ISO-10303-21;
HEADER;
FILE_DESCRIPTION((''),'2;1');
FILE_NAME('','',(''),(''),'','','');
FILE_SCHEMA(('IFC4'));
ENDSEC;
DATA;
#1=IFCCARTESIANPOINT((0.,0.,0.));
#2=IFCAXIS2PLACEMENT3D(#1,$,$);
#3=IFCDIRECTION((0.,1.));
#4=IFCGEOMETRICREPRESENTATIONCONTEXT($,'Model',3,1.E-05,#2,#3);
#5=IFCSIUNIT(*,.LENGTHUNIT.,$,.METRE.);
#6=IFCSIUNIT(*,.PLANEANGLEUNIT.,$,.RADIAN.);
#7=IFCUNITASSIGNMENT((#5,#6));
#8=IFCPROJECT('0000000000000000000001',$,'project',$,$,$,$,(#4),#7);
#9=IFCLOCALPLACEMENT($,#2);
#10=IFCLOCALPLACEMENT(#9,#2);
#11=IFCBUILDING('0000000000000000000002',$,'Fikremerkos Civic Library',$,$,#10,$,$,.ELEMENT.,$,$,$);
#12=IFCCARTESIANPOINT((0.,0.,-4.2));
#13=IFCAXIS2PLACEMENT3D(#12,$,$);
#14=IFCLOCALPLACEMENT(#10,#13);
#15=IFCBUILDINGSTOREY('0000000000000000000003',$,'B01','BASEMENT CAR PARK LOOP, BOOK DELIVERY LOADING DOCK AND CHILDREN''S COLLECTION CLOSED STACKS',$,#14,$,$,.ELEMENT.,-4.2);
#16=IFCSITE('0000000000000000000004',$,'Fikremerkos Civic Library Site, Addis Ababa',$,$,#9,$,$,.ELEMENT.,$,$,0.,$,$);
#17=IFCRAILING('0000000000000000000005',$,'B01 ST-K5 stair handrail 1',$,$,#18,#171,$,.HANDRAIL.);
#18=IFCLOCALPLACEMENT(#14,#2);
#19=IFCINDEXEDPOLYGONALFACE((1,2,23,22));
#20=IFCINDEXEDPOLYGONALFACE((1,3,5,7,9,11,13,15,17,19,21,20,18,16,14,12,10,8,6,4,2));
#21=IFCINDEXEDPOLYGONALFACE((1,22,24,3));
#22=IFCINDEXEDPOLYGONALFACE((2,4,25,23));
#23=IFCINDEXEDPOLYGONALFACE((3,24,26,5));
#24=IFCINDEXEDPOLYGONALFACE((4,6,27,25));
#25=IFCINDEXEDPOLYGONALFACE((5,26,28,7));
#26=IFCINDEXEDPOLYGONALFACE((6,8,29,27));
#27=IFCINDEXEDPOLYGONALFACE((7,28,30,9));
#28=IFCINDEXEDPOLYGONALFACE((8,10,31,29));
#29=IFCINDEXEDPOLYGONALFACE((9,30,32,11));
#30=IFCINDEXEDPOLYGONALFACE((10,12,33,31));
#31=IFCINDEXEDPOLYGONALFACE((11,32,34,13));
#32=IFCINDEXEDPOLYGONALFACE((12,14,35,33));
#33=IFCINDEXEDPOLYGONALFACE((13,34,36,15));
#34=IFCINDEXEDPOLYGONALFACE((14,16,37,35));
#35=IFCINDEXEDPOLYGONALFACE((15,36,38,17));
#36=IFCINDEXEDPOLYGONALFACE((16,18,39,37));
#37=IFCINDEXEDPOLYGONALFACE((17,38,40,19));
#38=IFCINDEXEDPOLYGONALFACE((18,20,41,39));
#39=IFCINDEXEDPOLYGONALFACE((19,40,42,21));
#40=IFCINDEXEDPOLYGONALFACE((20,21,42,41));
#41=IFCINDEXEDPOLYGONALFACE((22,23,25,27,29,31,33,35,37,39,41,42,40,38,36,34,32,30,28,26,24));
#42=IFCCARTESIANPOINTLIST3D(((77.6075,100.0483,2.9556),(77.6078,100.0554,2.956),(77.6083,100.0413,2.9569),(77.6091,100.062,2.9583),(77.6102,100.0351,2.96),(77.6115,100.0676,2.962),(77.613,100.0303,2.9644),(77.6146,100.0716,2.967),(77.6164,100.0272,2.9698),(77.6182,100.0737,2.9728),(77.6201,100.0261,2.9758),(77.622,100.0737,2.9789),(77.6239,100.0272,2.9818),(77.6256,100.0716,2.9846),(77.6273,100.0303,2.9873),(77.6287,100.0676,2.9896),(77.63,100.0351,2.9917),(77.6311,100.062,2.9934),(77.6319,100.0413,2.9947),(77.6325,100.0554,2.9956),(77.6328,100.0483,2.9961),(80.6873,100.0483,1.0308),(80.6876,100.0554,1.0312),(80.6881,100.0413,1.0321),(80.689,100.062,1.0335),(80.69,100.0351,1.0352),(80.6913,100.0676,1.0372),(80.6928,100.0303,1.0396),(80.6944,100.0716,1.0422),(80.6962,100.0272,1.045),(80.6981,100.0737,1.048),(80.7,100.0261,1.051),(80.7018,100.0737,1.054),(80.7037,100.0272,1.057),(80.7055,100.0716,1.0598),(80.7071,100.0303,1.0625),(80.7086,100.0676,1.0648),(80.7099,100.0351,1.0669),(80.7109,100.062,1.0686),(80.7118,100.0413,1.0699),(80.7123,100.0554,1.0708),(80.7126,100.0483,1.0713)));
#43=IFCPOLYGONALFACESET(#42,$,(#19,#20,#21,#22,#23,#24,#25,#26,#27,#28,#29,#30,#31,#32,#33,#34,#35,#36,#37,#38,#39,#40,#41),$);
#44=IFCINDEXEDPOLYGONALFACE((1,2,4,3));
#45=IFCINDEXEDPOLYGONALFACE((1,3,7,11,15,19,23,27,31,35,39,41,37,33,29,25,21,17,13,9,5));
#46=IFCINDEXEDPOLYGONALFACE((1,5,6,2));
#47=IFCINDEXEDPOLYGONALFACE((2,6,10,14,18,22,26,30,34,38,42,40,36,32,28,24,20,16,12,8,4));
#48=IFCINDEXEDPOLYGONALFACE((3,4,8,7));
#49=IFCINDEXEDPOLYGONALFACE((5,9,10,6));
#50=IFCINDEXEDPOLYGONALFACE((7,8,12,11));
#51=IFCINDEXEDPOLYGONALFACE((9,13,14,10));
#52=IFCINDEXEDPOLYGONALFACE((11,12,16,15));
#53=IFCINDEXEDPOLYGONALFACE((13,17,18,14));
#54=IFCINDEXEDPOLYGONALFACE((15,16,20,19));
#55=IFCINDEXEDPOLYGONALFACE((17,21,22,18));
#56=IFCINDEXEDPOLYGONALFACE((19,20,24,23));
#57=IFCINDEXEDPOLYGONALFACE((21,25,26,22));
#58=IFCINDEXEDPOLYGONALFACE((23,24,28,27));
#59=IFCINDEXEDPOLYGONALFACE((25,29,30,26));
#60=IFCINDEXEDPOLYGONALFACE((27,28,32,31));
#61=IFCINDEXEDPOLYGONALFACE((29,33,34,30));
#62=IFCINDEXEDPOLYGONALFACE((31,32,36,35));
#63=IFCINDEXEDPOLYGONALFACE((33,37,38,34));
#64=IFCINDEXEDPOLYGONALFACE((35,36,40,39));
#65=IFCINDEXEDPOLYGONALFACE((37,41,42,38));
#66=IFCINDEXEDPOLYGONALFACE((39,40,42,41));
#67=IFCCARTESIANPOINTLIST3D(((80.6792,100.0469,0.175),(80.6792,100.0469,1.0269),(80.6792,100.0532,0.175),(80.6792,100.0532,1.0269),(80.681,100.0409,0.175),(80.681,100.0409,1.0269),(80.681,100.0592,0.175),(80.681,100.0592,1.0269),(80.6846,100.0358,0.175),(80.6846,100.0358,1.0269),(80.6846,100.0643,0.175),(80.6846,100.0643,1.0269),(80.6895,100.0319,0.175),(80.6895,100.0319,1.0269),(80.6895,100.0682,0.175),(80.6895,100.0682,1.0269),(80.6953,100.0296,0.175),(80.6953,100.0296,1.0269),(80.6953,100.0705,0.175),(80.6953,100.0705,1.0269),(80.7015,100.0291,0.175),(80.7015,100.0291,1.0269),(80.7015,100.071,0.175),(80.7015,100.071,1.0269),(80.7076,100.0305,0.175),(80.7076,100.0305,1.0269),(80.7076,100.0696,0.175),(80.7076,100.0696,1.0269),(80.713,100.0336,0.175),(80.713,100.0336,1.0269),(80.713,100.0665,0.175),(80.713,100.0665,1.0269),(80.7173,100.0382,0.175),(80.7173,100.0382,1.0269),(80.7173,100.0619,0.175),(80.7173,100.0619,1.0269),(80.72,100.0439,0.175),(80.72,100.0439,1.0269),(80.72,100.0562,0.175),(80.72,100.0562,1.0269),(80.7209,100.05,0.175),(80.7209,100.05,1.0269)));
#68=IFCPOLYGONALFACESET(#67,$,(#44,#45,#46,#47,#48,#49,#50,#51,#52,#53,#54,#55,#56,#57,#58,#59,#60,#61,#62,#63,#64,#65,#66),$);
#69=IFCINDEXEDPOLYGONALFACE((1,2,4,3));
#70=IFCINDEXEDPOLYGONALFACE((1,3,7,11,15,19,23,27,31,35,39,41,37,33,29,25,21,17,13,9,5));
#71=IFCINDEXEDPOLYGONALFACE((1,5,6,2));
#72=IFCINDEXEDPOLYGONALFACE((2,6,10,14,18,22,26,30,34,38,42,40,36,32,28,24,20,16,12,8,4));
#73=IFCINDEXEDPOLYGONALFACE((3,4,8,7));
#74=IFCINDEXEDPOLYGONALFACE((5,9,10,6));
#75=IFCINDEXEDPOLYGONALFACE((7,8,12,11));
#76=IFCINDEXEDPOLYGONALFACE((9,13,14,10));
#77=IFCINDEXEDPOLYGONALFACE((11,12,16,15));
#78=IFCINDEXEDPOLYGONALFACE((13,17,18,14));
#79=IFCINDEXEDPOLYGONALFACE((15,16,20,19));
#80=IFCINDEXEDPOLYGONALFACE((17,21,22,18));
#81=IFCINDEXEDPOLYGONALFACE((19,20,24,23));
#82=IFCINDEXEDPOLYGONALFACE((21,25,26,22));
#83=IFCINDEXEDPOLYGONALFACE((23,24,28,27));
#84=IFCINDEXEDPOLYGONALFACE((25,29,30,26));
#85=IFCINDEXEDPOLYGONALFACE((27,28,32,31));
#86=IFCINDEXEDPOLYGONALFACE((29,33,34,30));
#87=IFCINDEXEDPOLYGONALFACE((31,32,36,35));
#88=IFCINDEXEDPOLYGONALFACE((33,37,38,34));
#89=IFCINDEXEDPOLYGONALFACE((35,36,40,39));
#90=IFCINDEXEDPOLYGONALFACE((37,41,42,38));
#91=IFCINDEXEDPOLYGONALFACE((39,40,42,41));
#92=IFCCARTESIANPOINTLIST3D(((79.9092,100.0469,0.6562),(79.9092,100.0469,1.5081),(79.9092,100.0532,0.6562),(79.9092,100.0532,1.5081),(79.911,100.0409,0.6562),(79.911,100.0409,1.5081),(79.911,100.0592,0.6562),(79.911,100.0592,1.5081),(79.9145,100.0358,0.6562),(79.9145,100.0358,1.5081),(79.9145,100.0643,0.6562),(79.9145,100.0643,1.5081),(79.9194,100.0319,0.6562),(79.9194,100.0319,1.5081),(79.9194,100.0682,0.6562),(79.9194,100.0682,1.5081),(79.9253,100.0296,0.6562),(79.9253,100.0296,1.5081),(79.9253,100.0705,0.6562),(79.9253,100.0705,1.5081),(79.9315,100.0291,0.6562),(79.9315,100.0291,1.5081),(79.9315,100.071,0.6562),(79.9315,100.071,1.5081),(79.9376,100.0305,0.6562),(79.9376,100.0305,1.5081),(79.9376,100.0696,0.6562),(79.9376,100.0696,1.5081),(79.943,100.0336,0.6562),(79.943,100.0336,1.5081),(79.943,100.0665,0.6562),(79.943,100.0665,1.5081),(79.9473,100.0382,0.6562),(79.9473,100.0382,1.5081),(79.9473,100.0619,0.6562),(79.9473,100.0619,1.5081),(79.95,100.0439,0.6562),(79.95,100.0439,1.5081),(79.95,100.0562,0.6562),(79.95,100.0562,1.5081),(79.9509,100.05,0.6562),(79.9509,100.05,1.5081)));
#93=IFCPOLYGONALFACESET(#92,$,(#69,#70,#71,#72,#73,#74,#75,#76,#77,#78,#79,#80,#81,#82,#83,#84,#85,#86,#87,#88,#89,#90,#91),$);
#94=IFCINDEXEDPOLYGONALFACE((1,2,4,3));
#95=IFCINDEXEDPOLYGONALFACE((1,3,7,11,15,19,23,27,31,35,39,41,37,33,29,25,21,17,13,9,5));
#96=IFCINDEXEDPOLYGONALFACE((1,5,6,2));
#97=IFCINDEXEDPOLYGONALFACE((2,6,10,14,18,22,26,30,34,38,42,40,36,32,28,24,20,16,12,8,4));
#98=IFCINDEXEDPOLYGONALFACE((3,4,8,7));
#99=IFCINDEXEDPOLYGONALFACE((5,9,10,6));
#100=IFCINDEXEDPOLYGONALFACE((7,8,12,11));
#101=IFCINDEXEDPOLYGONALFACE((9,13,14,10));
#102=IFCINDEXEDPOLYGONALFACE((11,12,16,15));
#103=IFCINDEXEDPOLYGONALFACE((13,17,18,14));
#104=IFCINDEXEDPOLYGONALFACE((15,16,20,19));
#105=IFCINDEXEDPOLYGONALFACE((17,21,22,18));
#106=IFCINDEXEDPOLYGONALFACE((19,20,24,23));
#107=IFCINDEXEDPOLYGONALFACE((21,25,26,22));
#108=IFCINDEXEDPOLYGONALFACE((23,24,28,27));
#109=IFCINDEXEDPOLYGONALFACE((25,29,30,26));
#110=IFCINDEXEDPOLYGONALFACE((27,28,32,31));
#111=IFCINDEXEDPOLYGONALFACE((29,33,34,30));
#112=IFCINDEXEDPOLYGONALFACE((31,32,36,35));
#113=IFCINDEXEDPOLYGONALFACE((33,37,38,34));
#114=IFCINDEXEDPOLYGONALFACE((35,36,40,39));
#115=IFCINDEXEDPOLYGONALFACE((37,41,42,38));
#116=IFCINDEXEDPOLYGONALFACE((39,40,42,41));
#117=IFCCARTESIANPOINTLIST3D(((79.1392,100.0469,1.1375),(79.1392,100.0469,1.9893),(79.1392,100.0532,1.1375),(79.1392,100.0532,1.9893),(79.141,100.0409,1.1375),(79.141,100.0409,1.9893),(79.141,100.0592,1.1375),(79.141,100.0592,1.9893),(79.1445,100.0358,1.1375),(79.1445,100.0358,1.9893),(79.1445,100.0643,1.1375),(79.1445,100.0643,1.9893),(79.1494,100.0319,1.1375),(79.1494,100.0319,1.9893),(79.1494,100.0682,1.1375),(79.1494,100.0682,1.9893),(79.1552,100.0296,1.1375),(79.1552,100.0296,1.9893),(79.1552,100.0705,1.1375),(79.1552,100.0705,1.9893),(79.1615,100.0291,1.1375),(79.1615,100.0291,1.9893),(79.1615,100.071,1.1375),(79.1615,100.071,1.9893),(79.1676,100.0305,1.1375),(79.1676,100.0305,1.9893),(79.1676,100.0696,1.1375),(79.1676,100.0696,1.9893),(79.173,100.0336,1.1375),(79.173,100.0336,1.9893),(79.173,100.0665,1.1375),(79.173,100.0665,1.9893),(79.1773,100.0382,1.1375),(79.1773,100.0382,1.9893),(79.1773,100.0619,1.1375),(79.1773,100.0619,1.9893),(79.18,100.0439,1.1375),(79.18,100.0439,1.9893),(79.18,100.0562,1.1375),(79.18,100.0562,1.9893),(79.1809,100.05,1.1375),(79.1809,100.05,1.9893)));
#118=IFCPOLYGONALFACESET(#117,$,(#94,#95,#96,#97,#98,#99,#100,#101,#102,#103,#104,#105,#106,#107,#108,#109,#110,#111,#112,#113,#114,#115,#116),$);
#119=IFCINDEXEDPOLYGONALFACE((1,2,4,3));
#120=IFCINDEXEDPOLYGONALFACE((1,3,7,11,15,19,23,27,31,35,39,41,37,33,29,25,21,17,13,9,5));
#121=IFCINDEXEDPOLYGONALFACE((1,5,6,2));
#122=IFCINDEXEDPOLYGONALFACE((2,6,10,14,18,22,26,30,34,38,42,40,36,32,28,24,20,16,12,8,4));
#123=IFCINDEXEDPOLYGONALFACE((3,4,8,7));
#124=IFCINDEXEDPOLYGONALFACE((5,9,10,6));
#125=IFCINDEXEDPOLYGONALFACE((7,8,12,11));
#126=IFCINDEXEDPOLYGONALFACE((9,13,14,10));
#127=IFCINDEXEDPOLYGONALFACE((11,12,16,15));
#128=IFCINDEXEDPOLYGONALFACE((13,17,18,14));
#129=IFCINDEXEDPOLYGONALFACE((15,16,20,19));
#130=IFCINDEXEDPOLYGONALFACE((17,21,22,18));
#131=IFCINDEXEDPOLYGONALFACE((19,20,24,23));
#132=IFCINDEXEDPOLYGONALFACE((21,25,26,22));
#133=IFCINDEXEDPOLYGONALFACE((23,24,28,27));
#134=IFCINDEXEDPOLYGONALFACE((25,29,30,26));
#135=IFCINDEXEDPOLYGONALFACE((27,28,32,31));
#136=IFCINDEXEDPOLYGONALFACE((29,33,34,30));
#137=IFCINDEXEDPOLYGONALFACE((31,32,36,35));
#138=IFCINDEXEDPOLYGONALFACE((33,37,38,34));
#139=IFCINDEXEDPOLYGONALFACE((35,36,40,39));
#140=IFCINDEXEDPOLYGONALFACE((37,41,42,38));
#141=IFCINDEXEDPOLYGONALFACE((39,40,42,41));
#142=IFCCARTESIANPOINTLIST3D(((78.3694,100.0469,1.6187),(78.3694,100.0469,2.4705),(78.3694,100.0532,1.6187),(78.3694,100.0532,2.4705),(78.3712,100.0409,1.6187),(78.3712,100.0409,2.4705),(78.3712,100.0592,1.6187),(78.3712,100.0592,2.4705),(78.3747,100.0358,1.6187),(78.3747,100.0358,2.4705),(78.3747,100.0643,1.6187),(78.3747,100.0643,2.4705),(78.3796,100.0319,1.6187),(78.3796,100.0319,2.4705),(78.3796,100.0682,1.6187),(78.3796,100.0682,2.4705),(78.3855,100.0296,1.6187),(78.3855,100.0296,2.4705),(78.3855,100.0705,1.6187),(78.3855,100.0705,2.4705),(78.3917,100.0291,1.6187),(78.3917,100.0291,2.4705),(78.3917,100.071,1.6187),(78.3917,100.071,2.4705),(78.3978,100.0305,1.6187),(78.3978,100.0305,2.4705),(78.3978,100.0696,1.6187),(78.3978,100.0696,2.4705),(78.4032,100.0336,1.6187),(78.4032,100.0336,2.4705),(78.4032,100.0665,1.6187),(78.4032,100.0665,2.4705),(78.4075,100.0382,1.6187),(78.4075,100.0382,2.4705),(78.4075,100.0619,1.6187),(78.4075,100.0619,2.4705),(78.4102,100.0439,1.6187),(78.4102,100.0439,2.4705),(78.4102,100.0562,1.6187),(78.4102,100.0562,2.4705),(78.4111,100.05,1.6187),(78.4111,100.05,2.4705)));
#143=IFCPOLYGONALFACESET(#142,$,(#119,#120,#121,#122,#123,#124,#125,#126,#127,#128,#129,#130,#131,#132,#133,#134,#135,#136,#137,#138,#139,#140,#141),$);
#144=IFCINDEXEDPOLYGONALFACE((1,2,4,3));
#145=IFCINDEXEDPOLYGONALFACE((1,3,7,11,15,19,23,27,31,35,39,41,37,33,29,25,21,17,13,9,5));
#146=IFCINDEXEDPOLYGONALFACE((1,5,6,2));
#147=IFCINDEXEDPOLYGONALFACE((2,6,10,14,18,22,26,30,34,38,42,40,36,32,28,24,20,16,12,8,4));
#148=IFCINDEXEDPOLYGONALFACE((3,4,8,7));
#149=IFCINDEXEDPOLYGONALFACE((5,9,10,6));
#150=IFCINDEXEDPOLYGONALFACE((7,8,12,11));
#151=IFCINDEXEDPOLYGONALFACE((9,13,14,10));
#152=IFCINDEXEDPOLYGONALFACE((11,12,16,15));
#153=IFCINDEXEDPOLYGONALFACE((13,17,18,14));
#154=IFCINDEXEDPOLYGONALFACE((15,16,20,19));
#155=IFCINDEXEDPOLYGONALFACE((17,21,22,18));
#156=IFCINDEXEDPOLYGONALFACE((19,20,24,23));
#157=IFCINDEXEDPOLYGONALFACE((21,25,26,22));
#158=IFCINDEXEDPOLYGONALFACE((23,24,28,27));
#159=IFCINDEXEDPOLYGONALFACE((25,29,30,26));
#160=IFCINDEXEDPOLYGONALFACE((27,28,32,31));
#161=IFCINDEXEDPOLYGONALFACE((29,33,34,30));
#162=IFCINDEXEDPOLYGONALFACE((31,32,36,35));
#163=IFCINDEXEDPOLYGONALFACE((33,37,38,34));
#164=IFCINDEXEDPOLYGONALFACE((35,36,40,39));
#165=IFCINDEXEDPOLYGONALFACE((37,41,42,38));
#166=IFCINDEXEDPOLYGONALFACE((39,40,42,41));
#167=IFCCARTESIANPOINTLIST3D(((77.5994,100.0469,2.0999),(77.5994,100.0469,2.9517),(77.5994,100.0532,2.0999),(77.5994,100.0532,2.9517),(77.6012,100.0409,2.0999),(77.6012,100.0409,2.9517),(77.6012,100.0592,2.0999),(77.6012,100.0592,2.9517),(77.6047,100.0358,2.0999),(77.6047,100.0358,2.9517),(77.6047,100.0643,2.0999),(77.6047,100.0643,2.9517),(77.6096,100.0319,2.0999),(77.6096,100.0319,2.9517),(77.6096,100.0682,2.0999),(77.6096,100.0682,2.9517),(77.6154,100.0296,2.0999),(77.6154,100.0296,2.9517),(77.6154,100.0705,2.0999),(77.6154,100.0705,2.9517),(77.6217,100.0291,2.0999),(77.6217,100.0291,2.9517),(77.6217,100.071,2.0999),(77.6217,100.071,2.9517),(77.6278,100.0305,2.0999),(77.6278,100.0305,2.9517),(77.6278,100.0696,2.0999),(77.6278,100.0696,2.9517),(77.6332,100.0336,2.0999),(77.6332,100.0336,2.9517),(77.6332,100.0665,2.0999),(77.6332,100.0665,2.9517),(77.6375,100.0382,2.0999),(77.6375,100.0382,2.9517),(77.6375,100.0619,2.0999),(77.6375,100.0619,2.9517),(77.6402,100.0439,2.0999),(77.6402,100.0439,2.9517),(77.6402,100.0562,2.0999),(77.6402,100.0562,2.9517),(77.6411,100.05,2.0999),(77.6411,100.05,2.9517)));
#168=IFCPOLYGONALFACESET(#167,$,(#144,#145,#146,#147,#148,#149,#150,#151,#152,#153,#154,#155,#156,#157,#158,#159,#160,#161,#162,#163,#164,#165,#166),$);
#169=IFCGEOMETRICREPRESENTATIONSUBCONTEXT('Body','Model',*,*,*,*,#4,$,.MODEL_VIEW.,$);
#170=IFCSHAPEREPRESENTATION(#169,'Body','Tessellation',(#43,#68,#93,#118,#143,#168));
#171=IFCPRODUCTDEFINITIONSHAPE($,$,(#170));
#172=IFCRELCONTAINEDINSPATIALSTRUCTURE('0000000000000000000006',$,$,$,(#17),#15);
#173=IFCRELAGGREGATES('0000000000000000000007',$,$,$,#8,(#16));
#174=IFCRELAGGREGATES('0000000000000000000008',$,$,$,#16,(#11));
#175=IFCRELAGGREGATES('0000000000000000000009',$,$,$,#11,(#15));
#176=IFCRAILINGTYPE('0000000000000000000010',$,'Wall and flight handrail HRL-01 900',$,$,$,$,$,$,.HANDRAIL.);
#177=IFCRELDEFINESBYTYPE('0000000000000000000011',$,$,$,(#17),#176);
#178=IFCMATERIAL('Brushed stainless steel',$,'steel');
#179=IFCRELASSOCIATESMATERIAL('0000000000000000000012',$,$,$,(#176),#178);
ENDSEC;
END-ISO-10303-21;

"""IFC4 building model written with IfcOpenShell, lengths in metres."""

from ifc_helpers import new_model, si_unit, direction, frame, origin, origin_2d, place, context, subcontext, project, spatial, circle, extrude, material, type_object, element, save


model = new_model("IFC4")

# Units and contexts
model_context = context("Model", 3, precision=1e-05, world=origin(), true_north=direction((0.0, 1.0)))
body_context = subcontext(model_context, "Body", "Model", "MODEL_VIEW")
ifc_project = project(units=[si_unit("LENGTHUNIT", "METRE"), si_unit("PLANEANGLEUNIT", "RADIAN")], contexts=[model_context])

# Site, building, storey
site_placement = place(None, origin())
site = spatial("IfcSite", under=ifc_project, at=site_placement, Name="Fikremerkos Civic Library Site, Addis Ababa", CompositionType="ELEMENT", RefElevation=0.0)
building_placement = place(site_placement, origin())
building = spatial("IfcBuilding", under=site, at=building_placement, Name="Fikremerkos Civic Library", CompositionType="ELEMENT")
storey_placement = place(building_placement, frame((0.0, 0.0, -4.2)))
storey = spatial("IfcBuildingStorey", under=building, at=storey_placement, Name="B01", Description="BASEMENT CAR PARK LOOP, BOOK DELIVERY LOADING DOCK AND CHILDREN'S COLLECTION CLOSED STACKS", CompositionType="ELEMENT", Elevation=-4.2)

# Shared definitions
ifc_material_1 = material(Name="Brushed stainless steel", Category="steel")

# Railing
railing_type_1 = type_object("IfcRailingType", Name="Wall and flight handrail HRL-01 900", PredefinedType="HANDRAIL", material=ifc_material_1)
railing_1_placement = place(storey_placement, frame((80.7, 100.05, 0.175)))
element("IfcRailing", 1, at=railing_1_placement, inside=storey, type_object=railing_type_1, Name="B01 ST-K5 stair handrail 1", PredefinedType="HANDRAIL", context=body_context, shape_type="SweptSolid", body=[
    extrude(circle(Radius=0.0239, at=origin_2d()), frame((0.0, 0.0, 0.876), z_axis=(-0.84801, 0.0, 0.529981), x_axis=(0.0, -1.0, 0.0)), (0.0, 0.0, 1.0), 3.6318),
    extrude(circle(Radius=0.021, at=origin_2d()), origin(), (0.0, 0.0, 1.0), 0.8518),
    extrude(circle(Radius=0.021, at=origin_2d()), frame((-0.77, 0.0, 0.4812)), (0.0, 0.0, 1.0), 0.8518),
    extrude(circle(Radius=0.021, at=origin_2d()), frame((-1.54, 0.0, 0.9624)), (0.0, 0.0, 1.0), 0.8518),
    extrude(circle(Radius=0.021, at=origin_2d()), frame((-2.3098, 0.0, 1.4436)), (0.0, 0.0, 1.0), 0.8518),
    extrude(circle(Radius=0.021, at=origin_2d()), frame((-3.0798, 0.0, 1.9248)), (0.0, 0.0, 1.0), 0.8518),
])

save(model, "model.ifc")
